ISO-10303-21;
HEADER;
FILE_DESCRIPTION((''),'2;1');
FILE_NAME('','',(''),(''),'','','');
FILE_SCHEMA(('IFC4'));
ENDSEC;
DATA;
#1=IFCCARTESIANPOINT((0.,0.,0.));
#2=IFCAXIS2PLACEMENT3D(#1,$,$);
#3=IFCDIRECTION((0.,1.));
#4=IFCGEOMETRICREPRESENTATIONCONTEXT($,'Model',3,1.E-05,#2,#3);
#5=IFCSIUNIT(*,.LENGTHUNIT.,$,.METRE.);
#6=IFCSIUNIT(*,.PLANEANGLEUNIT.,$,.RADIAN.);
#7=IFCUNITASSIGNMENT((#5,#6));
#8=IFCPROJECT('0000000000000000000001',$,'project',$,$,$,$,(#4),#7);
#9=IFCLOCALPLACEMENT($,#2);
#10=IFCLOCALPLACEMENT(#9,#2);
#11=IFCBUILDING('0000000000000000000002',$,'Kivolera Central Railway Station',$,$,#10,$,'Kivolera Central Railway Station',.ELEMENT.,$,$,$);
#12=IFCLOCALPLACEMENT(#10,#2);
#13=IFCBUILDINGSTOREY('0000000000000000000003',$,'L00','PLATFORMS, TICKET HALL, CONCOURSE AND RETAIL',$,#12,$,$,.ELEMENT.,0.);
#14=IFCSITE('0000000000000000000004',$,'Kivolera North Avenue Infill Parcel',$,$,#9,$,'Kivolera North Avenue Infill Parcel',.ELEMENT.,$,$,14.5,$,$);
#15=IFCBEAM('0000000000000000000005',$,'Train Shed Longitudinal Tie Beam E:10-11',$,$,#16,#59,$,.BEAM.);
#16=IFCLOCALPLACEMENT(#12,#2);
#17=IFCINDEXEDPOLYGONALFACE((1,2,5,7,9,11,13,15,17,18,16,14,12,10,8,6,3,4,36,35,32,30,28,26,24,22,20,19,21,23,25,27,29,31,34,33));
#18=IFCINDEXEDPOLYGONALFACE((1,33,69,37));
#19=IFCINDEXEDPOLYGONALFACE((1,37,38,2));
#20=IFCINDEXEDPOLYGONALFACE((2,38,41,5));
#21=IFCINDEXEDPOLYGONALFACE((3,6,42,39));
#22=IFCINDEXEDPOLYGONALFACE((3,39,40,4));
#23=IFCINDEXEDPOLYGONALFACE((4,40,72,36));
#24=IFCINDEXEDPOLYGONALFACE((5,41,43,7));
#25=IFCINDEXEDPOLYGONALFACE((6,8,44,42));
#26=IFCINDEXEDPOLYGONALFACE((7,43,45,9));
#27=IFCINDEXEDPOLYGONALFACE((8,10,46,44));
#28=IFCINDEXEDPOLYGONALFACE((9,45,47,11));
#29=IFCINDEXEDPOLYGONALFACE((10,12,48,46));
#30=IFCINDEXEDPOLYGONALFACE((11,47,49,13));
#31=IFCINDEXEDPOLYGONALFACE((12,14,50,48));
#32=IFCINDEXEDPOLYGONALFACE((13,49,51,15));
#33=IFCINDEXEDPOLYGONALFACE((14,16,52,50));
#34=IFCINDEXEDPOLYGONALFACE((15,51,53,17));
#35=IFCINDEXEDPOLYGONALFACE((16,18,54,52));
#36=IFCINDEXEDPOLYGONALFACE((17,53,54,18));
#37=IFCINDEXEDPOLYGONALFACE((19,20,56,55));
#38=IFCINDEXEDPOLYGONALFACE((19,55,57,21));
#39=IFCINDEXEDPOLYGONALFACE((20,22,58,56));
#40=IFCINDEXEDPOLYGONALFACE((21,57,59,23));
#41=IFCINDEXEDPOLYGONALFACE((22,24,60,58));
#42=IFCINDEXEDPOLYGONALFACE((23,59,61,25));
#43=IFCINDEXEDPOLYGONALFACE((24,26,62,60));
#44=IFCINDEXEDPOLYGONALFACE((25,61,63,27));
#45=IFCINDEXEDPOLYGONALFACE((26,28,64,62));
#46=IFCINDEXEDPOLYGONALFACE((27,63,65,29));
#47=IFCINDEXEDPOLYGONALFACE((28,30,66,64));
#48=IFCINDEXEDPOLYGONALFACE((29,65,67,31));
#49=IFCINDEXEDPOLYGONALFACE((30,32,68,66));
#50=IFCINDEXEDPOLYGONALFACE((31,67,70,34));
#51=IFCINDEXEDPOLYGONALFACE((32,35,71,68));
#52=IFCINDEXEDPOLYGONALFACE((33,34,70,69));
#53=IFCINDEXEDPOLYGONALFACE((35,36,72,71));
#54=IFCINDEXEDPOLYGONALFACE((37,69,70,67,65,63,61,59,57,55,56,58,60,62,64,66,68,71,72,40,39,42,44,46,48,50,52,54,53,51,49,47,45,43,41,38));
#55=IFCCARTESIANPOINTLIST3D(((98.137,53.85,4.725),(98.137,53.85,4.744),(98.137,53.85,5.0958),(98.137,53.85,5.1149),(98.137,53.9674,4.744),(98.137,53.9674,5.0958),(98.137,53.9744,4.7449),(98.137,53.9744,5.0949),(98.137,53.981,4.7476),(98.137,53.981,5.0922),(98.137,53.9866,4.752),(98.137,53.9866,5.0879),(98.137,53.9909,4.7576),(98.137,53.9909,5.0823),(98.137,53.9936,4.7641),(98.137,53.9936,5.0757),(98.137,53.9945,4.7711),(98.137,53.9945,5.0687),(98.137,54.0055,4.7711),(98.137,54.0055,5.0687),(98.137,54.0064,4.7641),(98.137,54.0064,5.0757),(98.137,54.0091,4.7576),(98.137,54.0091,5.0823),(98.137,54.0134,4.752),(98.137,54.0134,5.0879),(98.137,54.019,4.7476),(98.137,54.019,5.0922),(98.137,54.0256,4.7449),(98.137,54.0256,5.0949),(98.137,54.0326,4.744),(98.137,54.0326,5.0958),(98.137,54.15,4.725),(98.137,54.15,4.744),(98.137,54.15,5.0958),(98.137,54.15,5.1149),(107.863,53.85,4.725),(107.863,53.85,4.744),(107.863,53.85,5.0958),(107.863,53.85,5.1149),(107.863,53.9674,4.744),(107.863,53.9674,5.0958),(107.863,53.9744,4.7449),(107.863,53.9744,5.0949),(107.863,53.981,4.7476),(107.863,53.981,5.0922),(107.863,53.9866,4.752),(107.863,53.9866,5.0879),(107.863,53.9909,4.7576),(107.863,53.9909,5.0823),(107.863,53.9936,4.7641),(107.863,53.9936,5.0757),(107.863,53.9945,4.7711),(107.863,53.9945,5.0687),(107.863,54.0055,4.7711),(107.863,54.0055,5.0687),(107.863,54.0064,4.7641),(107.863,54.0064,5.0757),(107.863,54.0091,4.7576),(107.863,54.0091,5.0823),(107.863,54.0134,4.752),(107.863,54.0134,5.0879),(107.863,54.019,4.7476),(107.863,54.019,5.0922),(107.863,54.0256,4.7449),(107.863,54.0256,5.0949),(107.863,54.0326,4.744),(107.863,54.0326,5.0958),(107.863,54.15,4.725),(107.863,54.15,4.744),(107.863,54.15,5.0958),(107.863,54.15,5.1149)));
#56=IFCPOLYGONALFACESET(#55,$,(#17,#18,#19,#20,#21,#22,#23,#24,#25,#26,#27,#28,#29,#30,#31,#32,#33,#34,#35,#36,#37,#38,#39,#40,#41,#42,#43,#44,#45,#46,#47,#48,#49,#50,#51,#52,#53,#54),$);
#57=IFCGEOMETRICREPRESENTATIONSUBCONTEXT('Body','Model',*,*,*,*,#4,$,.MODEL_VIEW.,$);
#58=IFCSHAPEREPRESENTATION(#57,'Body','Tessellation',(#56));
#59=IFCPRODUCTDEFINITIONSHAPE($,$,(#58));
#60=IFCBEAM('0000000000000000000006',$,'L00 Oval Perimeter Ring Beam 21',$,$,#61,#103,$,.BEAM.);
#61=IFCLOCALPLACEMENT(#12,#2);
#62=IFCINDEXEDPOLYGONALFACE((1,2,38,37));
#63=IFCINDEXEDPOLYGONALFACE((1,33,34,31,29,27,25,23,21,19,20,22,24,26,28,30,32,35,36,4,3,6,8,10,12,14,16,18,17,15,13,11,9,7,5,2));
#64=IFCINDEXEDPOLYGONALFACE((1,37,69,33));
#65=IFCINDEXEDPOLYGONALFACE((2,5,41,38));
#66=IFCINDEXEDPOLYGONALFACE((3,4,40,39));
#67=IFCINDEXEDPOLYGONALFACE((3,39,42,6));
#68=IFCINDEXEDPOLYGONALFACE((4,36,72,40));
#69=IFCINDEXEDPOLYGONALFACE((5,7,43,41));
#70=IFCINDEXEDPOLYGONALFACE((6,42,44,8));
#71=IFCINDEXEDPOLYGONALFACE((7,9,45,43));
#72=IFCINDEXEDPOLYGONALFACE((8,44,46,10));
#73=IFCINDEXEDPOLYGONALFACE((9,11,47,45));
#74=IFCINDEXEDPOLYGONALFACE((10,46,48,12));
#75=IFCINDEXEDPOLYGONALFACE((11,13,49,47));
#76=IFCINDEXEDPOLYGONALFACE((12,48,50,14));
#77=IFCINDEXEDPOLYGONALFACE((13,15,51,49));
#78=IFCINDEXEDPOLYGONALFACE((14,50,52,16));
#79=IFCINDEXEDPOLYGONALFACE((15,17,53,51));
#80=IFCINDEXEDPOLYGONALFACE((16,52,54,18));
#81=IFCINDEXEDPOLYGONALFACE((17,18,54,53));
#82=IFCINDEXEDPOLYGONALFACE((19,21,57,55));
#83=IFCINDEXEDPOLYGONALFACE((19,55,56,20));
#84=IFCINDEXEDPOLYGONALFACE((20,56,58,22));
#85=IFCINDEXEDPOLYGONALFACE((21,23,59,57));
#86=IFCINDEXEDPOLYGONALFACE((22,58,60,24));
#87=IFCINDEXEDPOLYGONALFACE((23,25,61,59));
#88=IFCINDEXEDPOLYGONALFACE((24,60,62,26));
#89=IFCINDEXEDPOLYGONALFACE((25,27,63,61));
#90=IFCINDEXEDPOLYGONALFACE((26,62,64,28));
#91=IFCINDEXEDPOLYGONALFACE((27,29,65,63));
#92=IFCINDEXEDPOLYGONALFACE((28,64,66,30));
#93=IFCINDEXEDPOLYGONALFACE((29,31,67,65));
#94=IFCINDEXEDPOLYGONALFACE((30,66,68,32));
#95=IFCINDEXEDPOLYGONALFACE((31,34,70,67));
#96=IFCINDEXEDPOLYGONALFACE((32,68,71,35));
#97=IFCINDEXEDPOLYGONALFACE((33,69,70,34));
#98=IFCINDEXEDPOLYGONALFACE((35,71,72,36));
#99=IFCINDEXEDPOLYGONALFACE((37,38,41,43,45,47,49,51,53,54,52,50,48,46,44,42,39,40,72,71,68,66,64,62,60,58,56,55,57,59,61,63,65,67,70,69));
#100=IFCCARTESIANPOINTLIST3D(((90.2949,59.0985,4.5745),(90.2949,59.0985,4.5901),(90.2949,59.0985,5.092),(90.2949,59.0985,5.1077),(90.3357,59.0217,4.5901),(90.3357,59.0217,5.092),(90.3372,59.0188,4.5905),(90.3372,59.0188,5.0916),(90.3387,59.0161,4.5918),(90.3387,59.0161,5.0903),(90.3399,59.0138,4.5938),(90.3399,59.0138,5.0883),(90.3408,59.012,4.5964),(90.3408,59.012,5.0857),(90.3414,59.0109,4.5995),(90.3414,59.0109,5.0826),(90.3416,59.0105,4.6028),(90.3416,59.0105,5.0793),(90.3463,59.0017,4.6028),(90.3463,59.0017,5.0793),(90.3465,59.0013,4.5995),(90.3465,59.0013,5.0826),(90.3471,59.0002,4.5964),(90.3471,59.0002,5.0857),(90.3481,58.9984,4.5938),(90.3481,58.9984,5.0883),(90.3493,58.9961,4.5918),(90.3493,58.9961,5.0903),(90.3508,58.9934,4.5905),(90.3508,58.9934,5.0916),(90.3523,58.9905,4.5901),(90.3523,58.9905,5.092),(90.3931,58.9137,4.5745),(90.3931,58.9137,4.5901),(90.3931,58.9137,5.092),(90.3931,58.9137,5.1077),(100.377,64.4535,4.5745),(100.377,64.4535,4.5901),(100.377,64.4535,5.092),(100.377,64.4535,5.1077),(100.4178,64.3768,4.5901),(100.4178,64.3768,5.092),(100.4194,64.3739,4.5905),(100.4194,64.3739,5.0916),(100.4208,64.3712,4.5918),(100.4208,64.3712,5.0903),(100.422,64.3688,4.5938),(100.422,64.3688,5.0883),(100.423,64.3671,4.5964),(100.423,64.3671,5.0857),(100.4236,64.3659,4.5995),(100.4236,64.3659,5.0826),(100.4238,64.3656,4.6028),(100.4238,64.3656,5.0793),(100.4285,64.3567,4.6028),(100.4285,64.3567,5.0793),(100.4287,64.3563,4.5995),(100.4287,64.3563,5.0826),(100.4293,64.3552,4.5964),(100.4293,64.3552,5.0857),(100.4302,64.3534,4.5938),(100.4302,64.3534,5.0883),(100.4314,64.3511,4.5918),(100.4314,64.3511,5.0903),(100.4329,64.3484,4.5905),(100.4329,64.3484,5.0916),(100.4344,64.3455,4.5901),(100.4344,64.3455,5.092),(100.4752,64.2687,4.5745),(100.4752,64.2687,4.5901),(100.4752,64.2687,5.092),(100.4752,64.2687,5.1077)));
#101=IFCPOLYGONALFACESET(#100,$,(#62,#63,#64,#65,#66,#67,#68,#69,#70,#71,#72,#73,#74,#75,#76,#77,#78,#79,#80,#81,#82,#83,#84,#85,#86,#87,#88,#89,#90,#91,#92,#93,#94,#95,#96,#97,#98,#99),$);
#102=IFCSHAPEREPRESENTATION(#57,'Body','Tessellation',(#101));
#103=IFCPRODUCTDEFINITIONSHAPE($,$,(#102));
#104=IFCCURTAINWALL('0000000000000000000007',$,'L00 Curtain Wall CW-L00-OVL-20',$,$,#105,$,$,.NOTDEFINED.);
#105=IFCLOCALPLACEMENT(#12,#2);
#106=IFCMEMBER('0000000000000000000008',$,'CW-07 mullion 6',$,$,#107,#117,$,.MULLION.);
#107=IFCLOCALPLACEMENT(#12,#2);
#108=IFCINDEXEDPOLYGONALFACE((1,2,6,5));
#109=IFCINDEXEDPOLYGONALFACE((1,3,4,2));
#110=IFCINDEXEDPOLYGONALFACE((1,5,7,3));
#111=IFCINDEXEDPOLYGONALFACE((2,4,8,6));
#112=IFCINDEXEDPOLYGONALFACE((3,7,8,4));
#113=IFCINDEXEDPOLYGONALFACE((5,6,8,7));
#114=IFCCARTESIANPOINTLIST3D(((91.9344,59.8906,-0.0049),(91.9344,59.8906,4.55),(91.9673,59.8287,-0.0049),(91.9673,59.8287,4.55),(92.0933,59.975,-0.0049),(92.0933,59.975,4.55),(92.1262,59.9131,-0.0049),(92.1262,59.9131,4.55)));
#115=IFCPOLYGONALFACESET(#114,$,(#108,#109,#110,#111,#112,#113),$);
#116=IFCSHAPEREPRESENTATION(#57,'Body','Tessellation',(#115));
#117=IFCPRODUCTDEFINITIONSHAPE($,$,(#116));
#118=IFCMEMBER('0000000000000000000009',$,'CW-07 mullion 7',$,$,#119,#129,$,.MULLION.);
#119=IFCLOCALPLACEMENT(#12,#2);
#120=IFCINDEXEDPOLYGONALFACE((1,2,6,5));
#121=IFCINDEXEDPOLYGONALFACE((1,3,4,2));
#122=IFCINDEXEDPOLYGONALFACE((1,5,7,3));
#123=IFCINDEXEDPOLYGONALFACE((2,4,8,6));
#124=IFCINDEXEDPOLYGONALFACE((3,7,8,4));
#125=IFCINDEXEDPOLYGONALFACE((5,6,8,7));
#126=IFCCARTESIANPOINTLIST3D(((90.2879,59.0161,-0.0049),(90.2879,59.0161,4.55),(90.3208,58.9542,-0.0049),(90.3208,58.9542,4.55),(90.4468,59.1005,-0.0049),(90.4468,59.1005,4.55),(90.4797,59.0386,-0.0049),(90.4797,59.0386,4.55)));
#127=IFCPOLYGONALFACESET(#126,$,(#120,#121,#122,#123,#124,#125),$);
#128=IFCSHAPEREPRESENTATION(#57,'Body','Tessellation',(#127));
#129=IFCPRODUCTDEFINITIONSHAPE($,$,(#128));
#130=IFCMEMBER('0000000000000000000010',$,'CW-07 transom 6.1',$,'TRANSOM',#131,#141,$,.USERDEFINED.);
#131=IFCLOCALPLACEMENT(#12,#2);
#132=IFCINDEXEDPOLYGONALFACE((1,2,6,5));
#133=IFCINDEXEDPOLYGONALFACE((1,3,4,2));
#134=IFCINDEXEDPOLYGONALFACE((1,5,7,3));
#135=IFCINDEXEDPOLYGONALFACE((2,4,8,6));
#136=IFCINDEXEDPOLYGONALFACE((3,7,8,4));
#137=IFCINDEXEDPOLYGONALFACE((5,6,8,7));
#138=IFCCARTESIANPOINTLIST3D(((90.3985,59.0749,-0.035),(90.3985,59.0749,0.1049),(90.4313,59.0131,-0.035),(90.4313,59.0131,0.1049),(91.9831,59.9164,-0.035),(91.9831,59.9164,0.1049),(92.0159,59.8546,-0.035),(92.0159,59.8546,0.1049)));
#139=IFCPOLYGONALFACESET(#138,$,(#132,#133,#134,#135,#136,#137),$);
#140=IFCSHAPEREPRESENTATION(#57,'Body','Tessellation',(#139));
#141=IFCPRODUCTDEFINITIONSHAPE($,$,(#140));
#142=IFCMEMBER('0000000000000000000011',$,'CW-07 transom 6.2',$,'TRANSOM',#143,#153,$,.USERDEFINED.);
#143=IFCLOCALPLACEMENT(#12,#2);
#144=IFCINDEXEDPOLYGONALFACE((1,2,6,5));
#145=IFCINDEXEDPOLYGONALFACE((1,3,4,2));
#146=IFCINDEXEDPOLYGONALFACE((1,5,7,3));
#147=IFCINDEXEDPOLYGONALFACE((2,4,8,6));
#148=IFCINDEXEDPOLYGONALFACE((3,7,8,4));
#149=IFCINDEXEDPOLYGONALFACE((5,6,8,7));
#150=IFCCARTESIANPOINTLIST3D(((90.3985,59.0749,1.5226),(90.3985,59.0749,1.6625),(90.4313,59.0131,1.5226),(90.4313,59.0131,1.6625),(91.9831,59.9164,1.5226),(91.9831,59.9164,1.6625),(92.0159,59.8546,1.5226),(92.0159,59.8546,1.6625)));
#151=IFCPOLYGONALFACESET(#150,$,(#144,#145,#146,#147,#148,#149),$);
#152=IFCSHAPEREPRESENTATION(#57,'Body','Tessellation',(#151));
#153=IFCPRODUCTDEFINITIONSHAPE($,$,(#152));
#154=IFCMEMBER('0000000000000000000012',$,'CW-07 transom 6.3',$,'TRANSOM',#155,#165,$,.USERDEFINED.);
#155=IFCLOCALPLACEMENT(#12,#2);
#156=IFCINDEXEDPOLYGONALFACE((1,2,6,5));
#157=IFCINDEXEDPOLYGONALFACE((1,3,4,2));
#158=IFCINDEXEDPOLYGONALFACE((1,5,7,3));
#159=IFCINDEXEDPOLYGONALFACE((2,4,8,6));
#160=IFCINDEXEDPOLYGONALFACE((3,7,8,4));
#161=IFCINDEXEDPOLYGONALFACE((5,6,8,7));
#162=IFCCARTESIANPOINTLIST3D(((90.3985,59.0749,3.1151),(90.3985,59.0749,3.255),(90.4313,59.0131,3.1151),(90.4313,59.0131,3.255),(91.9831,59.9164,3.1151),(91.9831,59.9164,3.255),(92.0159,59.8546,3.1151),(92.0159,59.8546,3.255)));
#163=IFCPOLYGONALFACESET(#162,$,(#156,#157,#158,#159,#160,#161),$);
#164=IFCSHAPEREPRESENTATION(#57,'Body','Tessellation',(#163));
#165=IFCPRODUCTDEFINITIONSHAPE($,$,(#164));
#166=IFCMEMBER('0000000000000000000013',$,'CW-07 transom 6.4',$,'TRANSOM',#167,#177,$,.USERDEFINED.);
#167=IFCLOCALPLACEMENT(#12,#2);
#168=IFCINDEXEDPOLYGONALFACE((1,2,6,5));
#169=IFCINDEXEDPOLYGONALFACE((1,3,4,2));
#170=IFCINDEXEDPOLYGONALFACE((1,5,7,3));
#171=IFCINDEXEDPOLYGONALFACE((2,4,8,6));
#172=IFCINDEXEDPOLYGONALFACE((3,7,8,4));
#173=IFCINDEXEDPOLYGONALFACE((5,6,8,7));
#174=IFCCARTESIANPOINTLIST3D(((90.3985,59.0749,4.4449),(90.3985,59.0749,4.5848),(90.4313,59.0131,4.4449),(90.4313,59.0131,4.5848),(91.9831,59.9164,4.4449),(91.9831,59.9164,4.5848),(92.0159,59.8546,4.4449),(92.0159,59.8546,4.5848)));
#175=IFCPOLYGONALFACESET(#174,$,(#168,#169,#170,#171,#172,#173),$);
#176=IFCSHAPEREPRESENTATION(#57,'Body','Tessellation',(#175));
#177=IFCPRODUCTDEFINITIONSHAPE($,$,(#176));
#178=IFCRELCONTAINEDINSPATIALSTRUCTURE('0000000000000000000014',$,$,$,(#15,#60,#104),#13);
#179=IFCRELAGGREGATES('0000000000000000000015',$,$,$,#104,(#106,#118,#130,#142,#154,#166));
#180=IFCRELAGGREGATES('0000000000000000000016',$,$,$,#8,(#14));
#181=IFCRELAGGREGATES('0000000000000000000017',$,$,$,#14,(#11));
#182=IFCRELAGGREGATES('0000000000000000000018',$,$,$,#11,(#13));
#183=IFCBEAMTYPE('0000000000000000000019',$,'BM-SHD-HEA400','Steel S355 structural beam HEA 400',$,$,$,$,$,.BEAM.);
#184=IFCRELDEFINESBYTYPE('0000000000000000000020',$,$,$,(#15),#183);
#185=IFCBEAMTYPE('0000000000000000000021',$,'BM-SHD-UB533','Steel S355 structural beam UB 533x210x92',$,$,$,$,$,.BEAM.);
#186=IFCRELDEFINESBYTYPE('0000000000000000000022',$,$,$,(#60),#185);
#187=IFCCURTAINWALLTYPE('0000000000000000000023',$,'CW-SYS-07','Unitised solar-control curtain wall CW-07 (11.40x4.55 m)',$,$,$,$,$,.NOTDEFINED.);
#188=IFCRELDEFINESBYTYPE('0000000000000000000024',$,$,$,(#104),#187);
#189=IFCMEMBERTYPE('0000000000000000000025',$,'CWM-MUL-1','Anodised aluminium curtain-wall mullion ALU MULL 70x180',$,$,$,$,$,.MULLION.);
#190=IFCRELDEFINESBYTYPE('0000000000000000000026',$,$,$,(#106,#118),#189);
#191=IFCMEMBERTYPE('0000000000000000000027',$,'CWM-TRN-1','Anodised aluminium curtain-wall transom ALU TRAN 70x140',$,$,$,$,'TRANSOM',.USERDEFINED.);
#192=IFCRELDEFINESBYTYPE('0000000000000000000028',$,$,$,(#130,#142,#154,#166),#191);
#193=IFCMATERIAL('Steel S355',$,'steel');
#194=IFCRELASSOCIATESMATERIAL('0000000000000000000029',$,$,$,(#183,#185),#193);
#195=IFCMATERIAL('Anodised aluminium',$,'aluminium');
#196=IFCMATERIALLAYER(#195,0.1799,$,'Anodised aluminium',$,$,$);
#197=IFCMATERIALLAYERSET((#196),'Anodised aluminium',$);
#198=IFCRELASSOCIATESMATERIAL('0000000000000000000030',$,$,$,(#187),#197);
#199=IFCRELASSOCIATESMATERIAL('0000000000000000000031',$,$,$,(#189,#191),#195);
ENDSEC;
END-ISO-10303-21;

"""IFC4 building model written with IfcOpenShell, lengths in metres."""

from ifc_helpers import new_model, si_unit, direction, frame, origin, origin_2d, place, context, subcontext, project, spatial, rectangle, i_section, extrude, material, layer, layer_set, material_profile, profile_set, type_object, element, aggregate, save


model = new_model("IFC4")

# Units and contexts
model_context = context("Model", 3, precision=1e-05, world=origin(), true_north=direction((0.0, 1.0)))
body_context = subcontext(model_context, "Body", "Model", "MODEL_VIEW")
ifc_project = project(units=[si_unit("LENGTHUNIT", "METRE"), si_unit("PLANEANGLEUNIT", "RADIAN")], contexts=[model_context])

# Site, building, storey
site_placement = place(None, origin())
site = spatial("IfcSite", under=ifc_project, at=site_placement, Name="Kivolera North Avenue Infill Parcel", LongName="Kivolera North Avenue Infill Parcel", CompositionType="ELEMENT", RefElevation=14.5)
building_placement = place(site_placement, origin())
building = spatial("IfcBuilding", under=site, at=building_placement, Name="Kivolera Central Railway Station", LongName="Kivolera Central Railway Station", CompositionType="ELEMENT")
storey_placement = place(building_placement, origin())
storey = spatial("IfcBuildingStorey", under=building, at=storey_placement, Name="L00", Description="PLATFORMS, TICKET HALL, CONCOURSE AND RETAIL", CompositionType="ELEMENT", Elevation=0.0)

# Shared definitions
ifc_material_1 = material(Name="Steel S355", Category="steel")

# Beams
ifc_material_profile_1 = material_profile(ifc_material_1, i_section(OverallWidth=0.3, OverallDepth=0.3899, WebThickness=0.011, FlangeThickness=0.019, FilletRadius=0.0271, at=origin_2d()), Name="HEA 400")
ifc_profile_set_1 = profile_set([ifc_material_profile_1], Name="Steel S355")
beam_type_1 = type_object("IfcBeamType", Name="BM-SHD-HEA400", Description="Steel S355 structural beam HEA 400", PredefinedType="BEAM", material=ifc_profile_set_1)
beam_1_placement = place(storey_placement, frame((98.137, 54.0, 4.9199), z_axis=(1.0, 0.0, 0.0), x_axis=(0.0, 1.0, 0.0)))
element("IfcBeam", 1, at=beam_1_placement, inside=storey, type_object=beam_type_1, Name="Train Shed Longitudinal Tie Beam E:10-11", PredefinedType="BEAM", context=body_context, shape_type="SweptSolid", body=[
    extrude(i_section(OverallWidth=0.3, OverallDepth=0.3899, WebThickness=0.011, FlangeThickness=0.019, FilletRadius=0.0271, at=origin_2d()), origin(), (0.0, 0.0, 1.0), 9.7261),
])
ifc_material_profile_2 = material_profile(ifc_material_1, i_section(OverallWidth=0.2092, OverallDepth=0.5332, WebThickness=0.01, FlangeThickness=0.0156, FilletRadius=0.0127, at=origin_2d()), Name="UB 533x210x92")
ifc_profile_set_2 = profile_set([ifc_material_profile_2], Name="Steel S355")
beam_type_2 = type_object("IfcBeamType", Name="BM-SHD-UB533", Description="Steel S355 structural beam UB 533x210x92", PredefinedType="BEAM", material=ifc_profile_set_2)
beam_2_placement = place(storey_placement, frame((90.344, 59.0061, 4.8411), z_axis=(0.883156, 0.46908, 0.0), x_axis=(-0.46908, 0.883156, 0.0)))
element("IfcBeam", 2, at=beam_2_placement, inside=storey, type_object=beam_type_2, Name="L00 Oval Perimeter Ring Beam 21", PredefinedType="BEAM", context=body_context, shape_type="SweptSolid", body=[
    extrude(i_section(OverallWidth=0.2092, OverallDepth=0.5332, WebThickness=0.01, FlangeThickness=0.0156, FilletRadius=0.0127, at=origin_2d()), origin(), (0.0, 0.0, 1.0), 11.416),
])

# Curtain wall, members
ifc_material_2 = material(Name="Anodised aluminium", Category="aluminium")
ifc_layer_1 = layer(ifc_material_2, 0.1799, Name="Anodised aluminium")
ifc_layer_set_1 = layer_set([ifc_layer_1], Name="Anodised aluminium")
curtain_wall_type = type_object("IfcCurtainWallType", Name="CW-SYS-07", Description="Unitised solar-control curtain wall CW-07 (11.40x4.55 m)", PredefinedType="NOTDEFINED", material=ifc_layer_set_1)
curtain_wall_placement = place(storey_placement, origin())
curtain_wall = element("IfcCurtainWall", 3, at=curtain_wall_placement, inside=storey, type_object=curtain_wall_type, Name="L00 Curtain Wall CW-L00-OVL-20", PredefinedType="NOTDEFINED")
ifc_material_profile_3 = material_profile(ifc_material_2, rectangle(XDim=0.0701, YDim=0.1799, at=origin_2d()), Name="ALU MULL 70x180")
ifc_profile_set_3 = profile_set([ifc_material_profile_3], Name="Anodised aluminium")
member_type_1 = type_object("IfcMemberType", Name="CWM-MUL-1", Description="Anodised aluminium curtain-wall mullion ALU MULL 70x180", PredefinedType="MULLION", material=ifc_profile_set_3)
member_1_placement = place(storey_placement, frame((92.0303, 59.9019, -0.0049), z_axis=(0.0, 0.0, 1.0), x_axis=(0.469053, -0.88317, 0.0)))
member_1 = element("IfcMember", 4, at=member_1_placement, type_object=member_type_1, Name="CW-07 mullion 6", PredefinedType="MULLION", context=body_context, shape_type="SweptSolid", body=[
    extrude(rectangle(XDim=0.0701, YDim=0.1799, at=origin_2d()), origin(), (0.0, 0.0, 1.0), 4.5549),
])
member_2_placement = place(storey_placement, frame((90.3838, 59.0273, -0.0049), z_axis=(0.0, 0.0, 1.0), x_axis=(0.469053, -0.88317, 0.0)))
member_2 = element("IfcMember", 5, at=member_2_placement, type_object=member_type_1, Name="CW-07 mullion 7", PredefinedType="MULLION", context=body_context, shape_type="SweptSolid", body=[
    extrude(rectangle(XDim=0.0701, YDim=0.1799, at=origin_2d()), origin(), (0.0, 0.0, 1.0), 4.5549),
])
ifc_material_profile_4 = material_profile(ifc_material_2, rectangle(XDim=0.0701, YDim=0.1399, at=origin_2d()), Name="ALU TRAN 70x140")
ifc_profile_set_4 = profile_set([ifc_material_profile_4], Name="Anodised aluminium")
member_type_2 = type_object("IfcMemberType", Name="CWM-TRN-1", Description="Anodised aluminium curtain-wall transom ALU TRAN 70x140", ElementType="TRANSOM", PredefinedType="USERDEFINED", material=ifc_profile_set_4)
member_3_placement = place(storey_placement, frame((91.9995, 59.8855, 0.0349), z_axis=(-0.883191, -0.469013, 0.0), x_axis=(0.469013, -0.883191, 0.0)))
member_3 = element("IfcMember", 6, at=member_3_placement, type_object=member_type_2, Name="CW-07 transom 6.1", ObjectType="TRANSOM", PredefinedType="USERDEFINED", context=body_context, shape_type="SweptSolid", body=[
    extrude(rectangle(XDim=0.0701, YDim=0.1399, at=origin_2d()), origin(), (0.0, 0.0, 1.0), 1.7942),
])
member_4_placement = place(storey_placement, frame((91.9995, 59.8855, 1.5925), z_axis=(-0.883191, -0.469013, 0.0), x_axis=(0.469013, -0.883191, 0.0)))
member_4 = element("IfcMember", 7, at=member_4_placement, type_object=member_type_2, Name="CW-07 transom 6.2", ObjectType="TRANSOM", PredefinedType="USERDEFINED", context=body_context, shape_type="SweptSolid", body=[
    extrude(rectangle(XDim=0.0701, YDim=0.1399, at=origin_2d()), origin(), (0.0, 0.0, 1.0), 1.7942),
])
member_5_placement = place(storey_placement, frame((91.9995, 59.8855, 3.1851), z_axis=(-0.883191, -0.469013, 0.0), x_axis=(0.469013, -0.883191, 0.0)))
member_5 = element("IfcMember", 8, at=member_5_placement, type_object=member_type_2, Name="CW-07 transom 6.3", ObjectType="TRANSOM", PredefinedType="USERDEFINED", context=body_context, shape_type="SweptSolid", body=[
    extrude(rectangle(XDim=0.0701, YDim=0.1399, at=origin_2d()), origin(), (0.0, 0.0, 1.0), 1.7942),
])
member_6_placement = place(storey_placement, frame((91.9995, 59.8855, 4.5149), z_axis=(-0.883191, -0.469013, 0.0), x_axis=(0.469013, -0.883191, 0.0)))
member_6 = element("IfcMember", 9, at=member_6_placement, type_object=member_type_2, Name="CW-07 transom 6.4", ObjectType="TRANSOM", PredefinedType="USERDEFINED", context=body_context, shape_type="SweptSolid", body=[
    extrude(rectangle(XDim=0.0701, YDim=0.1399, at=origin_2d()), origin(), (0.0, 0.0, 1.0), 1.7942),
])
aggregate(curtain_wall, [member_1, member_2, member_3, member_4, member_5, member_6])

save(model, "model.ifc")
